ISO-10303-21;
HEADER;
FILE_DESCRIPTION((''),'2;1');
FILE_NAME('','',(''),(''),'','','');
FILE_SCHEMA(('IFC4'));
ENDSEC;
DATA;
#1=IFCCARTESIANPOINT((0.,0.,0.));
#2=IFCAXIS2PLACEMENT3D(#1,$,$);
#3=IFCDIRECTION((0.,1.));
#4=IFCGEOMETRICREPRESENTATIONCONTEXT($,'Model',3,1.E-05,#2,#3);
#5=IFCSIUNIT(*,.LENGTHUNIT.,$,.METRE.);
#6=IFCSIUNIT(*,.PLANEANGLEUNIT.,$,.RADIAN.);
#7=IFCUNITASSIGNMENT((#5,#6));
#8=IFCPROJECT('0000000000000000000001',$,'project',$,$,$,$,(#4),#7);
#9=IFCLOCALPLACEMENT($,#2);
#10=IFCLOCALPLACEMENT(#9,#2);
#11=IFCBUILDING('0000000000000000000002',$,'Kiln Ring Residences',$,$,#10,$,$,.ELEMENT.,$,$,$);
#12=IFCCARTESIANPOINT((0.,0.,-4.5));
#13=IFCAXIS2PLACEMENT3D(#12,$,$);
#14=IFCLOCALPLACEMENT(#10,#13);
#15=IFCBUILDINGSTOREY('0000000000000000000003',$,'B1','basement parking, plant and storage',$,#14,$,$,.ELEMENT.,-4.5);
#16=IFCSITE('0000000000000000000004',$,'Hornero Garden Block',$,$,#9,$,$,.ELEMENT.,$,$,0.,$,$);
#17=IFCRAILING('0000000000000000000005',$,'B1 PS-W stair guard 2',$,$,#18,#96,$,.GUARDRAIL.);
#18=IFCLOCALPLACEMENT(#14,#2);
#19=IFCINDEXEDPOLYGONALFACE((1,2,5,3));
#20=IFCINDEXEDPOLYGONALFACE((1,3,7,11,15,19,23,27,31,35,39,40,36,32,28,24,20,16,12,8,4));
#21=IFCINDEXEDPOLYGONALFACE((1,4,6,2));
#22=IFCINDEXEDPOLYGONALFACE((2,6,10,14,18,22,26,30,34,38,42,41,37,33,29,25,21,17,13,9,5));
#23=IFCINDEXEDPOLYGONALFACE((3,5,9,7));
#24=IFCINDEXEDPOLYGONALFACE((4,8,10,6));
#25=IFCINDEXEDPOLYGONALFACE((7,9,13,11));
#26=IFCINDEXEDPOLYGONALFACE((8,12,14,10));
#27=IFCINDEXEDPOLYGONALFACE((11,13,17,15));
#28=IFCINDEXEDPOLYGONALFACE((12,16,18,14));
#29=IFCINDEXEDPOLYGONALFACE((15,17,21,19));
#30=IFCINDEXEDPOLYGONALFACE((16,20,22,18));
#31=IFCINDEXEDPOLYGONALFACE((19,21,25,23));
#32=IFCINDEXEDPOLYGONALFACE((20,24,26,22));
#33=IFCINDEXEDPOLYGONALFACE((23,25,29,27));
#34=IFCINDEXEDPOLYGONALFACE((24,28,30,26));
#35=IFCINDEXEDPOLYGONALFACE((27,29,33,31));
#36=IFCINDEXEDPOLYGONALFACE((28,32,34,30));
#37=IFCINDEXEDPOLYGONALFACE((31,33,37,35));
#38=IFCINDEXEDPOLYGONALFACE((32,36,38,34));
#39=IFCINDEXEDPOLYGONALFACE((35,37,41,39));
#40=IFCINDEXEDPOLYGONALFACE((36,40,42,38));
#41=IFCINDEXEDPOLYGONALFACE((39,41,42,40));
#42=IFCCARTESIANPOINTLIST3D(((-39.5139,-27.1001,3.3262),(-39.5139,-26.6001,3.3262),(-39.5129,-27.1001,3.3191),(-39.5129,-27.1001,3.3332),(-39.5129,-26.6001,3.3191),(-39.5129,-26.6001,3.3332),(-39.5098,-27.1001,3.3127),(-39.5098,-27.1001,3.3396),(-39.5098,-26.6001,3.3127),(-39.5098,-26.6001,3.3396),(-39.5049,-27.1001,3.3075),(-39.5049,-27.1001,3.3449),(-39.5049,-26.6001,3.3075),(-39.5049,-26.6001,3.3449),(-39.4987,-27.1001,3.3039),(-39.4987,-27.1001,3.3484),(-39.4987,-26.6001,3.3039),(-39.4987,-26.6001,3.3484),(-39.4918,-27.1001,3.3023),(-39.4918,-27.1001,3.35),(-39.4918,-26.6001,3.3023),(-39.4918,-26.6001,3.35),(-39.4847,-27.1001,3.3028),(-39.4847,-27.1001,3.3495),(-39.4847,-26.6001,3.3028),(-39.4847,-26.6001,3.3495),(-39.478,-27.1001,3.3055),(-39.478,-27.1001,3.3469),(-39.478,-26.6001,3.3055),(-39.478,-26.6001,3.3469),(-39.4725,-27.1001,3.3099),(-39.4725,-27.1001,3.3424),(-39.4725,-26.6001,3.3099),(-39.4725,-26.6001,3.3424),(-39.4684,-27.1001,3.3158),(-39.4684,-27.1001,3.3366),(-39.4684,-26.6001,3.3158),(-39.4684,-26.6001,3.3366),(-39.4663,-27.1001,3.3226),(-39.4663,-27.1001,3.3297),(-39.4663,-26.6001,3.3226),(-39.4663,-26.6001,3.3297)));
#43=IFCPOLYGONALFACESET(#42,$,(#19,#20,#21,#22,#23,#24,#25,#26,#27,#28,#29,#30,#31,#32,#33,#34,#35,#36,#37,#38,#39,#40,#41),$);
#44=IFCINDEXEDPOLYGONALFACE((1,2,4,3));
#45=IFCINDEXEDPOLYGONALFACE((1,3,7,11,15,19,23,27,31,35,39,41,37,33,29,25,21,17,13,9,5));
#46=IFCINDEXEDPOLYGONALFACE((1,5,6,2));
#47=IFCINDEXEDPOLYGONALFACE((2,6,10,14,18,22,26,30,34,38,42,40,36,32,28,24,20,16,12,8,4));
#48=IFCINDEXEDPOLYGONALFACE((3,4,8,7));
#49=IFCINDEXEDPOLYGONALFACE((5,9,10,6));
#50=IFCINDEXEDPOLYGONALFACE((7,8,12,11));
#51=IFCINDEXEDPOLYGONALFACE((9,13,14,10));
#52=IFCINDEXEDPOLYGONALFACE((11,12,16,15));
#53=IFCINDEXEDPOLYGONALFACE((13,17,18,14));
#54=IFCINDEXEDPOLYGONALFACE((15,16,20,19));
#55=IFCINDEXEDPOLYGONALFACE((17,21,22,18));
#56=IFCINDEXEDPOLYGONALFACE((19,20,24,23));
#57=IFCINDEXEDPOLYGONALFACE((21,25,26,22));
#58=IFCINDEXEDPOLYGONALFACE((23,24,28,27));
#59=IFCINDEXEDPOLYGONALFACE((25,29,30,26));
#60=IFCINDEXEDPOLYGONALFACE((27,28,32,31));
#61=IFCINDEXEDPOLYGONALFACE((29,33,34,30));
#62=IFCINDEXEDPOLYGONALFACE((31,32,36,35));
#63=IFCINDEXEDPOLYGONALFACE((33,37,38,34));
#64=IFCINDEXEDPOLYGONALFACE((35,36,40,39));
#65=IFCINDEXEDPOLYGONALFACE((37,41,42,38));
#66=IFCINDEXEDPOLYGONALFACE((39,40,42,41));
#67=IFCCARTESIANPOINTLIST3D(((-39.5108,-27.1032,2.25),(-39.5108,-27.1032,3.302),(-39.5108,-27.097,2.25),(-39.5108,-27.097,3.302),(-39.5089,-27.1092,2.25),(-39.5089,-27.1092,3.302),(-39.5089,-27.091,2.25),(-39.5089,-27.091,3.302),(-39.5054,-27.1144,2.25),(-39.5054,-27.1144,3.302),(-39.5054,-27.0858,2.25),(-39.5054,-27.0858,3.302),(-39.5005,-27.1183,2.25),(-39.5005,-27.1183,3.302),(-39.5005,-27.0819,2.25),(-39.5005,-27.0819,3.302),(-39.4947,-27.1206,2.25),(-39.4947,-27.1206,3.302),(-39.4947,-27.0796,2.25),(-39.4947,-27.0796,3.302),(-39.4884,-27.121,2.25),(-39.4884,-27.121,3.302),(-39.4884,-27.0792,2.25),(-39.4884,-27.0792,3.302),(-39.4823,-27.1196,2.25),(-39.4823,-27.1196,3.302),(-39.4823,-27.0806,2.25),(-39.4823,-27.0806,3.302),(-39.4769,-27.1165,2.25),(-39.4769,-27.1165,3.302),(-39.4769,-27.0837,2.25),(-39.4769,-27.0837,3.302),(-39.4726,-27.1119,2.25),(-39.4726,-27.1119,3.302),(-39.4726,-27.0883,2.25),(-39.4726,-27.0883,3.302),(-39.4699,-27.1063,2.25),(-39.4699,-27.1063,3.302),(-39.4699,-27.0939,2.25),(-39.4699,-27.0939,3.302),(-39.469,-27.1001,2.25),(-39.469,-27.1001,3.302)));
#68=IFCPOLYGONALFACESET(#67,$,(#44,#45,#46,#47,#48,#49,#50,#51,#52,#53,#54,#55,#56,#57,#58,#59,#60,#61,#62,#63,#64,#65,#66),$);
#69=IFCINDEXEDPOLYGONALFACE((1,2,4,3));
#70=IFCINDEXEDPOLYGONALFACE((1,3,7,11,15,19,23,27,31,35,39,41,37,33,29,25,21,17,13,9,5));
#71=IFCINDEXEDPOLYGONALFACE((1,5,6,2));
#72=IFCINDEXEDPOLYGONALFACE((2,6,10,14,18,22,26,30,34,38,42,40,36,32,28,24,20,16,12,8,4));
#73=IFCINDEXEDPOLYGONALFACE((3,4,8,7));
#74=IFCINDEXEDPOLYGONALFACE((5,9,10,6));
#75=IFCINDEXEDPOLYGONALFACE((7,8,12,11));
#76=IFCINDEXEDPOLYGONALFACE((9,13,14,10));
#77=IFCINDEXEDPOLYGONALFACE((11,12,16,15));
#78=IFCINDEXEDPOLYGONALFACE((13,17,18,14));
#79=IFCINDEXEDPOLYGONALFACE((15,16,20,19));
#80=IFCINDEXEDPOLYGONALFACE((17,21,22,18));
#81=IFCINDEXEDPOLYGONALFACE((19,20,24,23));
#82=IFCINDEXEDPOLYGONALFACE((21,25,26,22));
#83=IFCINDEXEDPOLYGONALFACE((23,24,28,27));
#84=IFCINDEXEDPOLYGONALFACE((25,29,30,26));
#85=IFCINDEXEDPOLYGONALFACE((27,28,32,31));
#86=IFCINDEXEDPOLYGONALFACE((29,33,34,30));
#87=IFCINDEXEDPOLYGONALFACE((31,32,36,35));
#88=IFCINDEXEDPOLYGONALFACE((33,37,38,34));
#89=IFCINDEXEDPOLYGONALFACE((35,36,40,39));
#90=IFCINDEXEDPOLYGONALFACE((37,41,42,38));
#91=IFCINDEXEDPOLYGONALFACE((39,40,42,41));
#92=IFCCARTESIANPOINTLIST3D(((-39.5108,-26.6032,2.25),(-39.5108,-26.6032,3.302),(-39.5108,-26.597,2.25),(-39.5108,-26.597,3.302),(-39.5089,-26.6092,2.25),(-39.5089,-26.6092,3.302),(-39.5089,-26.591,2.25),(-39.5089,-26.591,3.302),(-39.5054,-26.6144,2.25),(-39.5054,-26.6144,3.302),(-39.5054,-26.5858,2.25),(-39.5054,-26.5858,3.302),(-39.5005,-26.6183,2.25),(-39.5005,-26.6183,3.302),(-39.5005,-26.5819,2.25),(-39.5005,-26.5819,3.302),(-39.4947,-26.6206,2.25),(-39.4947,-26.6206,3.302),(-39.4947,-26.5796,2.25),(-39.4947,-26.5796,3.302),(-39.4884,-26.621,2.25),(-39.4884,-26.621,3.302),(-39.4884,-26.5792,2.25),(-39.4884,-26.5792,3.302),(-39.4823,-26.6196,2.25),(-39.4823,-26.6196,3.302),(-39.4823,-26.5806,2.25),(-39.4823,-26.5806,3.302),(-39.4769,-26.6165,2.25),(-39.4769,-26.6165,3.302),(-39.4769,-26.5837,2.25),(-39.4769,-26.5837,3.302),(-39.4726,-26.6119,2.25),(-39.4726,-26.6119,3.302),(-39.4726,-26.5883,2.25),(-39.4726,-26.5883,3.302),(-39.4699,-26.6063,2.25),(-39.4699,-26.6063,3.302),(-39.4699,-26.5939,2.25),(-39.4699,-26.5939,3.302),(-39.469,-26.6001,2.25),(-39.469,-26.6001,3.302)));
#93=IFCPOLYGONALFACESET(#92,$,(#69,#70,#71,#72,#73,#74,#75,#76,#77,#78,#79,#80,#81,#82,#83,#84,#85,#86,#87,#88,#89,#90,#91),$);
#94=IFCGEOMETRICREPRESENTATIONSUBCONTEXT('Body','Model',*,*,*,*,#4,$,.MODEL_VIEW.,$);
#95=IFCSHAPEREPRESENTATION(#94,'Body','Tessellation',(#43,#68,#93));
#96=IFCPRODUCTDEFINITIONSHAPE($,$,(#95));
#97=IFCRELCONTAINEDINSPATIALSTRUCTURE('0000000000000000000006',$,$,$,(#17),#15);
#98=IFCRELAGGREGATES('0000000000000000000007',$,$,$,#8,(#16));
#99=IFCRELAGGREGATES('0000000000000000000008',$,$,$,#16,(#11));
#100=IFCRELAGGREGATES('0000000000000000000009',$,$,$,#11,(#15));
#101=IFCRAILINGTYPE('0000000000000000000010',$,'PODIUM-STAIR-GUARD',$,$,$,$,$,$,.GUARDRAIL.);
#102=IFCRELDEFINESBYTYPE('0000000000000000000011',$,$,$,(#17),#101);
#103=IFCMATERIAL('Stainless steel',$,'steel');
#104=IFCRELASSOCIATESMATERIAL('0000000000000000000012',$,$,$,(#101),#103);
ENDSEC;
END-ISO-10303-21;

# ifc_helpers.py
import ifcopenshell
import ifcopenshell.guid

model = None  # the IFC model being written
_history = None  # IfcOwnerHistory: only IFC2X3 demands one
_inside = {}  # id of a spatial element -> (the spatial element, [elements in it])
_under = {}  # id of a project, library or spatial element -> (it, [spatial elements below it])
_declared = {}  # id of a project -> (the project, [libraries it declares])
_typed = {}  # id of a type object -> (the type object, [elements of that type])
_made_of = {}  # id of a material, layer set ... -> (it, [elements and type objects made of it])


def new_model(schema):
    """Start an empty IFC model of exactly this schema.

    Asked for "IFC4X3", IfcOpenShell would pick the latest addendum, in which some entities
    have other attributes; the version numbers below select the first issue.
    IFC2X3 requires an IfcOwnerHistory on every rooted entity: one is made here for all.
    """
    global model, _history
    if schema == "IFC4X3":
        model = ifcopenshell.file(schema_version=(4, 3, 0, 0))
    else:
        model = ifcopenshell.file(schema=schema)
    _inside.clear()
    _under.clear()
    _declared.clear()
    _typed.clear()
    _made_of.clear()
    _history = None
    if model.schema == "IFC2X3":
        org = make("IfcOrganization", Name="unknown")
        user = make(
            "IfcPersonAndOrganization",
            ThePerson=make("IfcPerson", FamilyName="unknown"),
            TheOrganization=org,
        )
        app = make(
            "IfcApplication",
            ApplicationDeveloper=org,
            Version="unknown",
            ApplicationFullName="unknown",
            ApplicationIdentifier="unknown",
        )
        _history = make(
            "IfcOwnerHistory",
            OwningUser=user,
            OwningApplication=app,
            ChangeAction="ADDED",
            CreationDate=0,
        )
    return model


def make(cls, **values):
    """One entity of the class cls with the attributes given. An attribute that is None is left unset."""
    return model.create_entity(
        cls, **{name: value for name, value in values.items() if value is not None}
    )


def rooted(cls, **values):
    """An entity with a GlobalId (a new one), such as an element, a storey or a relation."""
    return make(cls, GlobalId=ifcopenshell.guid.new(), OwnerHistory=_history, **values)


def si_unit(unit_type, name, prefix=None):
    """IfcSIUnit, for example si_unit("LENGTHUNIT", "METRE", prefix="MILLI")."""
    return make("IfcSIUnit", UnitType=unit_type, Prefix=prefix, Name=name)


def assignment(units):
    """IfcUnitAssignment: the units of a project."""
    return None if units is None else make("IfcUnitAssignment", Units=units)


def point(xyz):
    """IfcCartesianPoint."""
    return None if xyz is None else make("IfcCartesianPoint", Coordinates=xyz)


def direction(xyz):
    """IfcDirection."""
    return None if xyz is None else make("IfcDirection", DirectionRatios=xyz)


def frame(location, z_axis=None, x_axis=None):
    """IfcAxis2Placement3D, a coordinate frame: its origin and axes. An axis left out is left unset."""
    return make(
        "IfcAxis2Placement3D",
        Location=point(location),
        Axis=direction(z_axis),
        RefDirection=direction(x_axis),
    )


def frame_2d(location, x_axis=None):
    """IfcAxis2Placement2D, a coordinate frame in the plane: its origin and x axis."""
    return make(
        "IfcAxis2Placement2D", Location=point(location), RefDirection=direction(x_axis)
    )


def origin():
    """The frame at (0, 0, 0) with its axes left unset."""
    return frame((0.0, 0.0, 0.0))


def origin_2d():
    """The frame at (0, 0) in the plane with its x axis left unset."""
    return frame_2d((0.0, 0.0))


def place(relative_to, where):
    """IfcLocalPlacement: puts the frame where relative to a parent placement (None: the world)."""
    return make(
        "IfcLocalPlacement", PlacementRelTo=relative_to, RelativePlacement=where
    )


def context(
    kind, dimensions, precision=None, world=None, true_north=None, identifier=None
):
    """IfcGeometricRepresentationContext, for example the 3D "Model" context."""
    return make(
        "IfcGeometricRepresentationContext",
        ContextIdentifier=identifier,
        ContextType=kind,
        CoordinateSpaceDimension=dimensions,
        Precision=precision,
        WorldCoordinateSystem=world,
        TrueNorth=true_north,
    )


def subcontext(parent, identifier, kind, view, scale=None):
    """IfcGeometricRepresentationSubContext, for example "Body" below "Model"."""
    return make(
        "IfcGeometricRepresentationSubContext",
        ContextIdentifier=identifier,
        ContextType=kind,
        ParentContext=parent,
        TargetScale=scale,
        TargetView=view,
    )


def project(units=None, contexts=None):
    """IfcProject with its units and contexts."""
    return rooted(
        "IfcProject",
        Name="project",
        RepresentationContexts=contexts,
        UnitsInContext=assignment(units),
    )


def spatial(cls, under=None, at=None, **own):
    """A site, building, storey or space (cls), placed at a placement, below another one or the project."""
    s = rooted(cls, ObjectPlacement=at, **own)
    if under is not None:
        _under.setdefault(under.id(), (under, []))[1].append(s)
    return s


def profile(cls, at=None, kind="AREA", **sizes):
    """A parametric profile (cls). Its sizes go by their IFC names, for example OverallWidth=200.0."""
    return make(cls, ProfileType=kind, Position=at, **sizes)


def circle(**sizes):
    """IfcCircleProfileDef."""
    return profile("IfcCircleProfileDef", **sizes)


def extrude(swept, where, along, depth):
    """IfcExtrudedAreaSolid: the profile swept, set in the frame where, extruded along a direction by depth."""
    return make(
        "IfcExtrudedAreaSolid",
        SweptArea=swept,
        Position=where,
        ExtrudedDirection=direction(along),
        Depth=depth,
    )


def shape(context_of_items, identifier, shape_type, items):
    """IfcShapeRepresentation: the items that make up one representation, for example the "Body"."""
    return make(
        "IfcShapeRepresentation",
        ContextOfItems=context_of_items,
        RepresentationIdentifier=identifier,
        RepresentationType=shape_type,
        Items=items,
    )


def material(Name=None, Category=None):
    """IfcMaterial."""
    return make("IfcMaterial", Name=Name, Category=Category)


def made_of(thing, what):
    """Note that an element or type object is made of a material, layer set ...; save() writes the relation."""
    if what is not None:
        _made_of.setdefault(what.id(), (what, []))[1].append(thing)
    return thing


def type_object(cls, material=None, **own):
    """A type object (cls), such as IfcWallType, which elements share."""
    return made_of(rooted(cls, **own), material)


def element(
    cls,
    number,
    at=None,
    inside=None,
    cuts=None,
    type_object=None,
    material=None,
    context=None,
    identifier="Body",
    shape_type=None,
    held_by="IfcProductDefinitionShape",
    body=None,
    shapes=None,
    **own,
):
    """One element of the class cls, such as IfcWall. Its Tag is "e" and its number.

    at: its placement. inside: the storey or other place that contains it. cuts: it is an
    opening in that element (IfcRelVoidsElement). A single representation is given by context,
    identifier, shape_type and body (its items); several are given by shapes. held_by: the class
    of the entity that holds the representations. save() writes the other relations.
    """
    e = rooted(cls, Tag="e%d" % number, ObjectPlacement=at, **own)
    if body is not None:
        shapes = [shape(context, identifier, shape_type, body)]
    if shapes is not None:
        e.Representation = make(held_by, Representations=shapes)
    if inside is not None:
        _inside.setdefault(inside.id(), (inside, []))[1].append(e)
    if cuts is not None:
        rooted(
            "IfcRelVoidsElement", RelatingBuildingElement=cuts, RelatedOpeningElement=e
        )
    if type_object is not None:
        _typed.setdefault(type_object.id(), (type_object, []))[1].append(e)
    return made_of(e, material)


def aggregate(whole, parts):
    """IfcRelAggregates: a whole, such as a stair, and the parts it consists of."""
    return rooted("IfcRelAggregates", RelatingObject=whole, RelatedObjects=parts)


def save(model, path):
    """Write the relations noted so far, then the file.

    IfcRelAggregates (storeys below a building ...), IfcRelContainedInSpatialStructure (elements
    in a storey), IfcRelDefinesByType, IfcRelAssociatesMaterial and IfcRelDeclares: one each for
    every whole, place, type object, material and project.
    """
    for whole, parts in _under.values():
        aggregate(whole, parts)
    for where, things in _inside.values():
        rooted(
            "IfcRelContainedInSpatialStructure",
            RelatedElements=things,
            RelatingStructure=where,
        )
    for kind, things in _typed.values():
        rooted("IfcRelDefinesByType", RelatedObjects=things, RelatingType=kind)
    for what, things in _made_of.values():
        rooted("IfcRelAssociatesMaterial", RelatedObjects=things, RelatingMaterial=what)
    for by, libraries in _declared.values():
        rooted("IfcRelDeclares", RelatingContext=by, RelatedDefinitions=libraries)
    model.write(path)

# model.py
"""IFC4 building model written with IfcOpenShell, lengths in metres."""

from ifc_helpers import new_model, si_unit, direction, frame, origin, origin_2d, place, context, subcontext, project, spatial, circle, extrude, material, type_object, element, save


model = new_model("IFC4")

# Units and contexts
model_context = context("Model", 3, precision=1e-05, world=origin(), true_north=direction((0.0, 1.0)))
body_context = subcontext(model_context, "Body", "Model", "MODEL_VIEW")
ifc_project = project(units=[si_unit("LENGTHUNIT", "METRE"), si_unit("PLANEANGLEUNIT", "RADIAN")], contexts=[model_context])

# Site, building, storey
site_placement = place(None, origin())
site = spatial("IfcSite", under=ifc_project, at=site_placement, Name="Hornero Garden Block", CompositionType="ELEMENT", RefElevation=0.0)
building_placement = place(site_placement, origin())
building = spatial("IfcBuilding", under=site, at=building_placement, Name="Kiln Ring Residences", CompositionType="ELEMENT")
storey_placement = place(building_placement, frame((0.0, 0.0, -4.5)))
storey = spatial("IfcBuildingStorey", under=building, at=storey_placement, Name="B1", Description="basement parking, plant and storage", CompositionType="ELEMENT", Elevation=-4.5)

# Railing
ifc_material_1 = material(Name="Stainless steel", Category="steel")
railing_type_1 = type_object("IfcRailingType", Name="PODIUM-STAIR-GUARD", PredefinedType="GUARDRAIL", material=ifc_material_1)
railing_1_placement = place(storey_placement, frame((-39.49, -27.1001, 2.25)))
element("IfcRailing", 1, at=railing_1_placement, inside=storey, type_object=railing_type_1, Name="B1 PS-W stair guard 2", PredefinedType="GUARDRAIL", context=body_context, shape_type="SweptSolid", body=[
    extrude(circle(Radius=0.0239, at=origin_2d()), frame((0.0, 0.0, 1.0762), z_axis=(0.0, 1.0, 0.0), x_axis=(-1.0, 0.0, 0.0)), (0.0, 0.0, 1.0), 0.5),
    extrude(circle(Radius=0.021, at=origin_2d()), origin(), (0.0, 0.0, 1.0), 1.052),
    extrude(circle(Radius=0.021, at=origin_2d()), frame((0.0, 0.5, 0.0)), (0.0, 0.0, 1.0), 1.052),
])

save(model, "model.ifc")
